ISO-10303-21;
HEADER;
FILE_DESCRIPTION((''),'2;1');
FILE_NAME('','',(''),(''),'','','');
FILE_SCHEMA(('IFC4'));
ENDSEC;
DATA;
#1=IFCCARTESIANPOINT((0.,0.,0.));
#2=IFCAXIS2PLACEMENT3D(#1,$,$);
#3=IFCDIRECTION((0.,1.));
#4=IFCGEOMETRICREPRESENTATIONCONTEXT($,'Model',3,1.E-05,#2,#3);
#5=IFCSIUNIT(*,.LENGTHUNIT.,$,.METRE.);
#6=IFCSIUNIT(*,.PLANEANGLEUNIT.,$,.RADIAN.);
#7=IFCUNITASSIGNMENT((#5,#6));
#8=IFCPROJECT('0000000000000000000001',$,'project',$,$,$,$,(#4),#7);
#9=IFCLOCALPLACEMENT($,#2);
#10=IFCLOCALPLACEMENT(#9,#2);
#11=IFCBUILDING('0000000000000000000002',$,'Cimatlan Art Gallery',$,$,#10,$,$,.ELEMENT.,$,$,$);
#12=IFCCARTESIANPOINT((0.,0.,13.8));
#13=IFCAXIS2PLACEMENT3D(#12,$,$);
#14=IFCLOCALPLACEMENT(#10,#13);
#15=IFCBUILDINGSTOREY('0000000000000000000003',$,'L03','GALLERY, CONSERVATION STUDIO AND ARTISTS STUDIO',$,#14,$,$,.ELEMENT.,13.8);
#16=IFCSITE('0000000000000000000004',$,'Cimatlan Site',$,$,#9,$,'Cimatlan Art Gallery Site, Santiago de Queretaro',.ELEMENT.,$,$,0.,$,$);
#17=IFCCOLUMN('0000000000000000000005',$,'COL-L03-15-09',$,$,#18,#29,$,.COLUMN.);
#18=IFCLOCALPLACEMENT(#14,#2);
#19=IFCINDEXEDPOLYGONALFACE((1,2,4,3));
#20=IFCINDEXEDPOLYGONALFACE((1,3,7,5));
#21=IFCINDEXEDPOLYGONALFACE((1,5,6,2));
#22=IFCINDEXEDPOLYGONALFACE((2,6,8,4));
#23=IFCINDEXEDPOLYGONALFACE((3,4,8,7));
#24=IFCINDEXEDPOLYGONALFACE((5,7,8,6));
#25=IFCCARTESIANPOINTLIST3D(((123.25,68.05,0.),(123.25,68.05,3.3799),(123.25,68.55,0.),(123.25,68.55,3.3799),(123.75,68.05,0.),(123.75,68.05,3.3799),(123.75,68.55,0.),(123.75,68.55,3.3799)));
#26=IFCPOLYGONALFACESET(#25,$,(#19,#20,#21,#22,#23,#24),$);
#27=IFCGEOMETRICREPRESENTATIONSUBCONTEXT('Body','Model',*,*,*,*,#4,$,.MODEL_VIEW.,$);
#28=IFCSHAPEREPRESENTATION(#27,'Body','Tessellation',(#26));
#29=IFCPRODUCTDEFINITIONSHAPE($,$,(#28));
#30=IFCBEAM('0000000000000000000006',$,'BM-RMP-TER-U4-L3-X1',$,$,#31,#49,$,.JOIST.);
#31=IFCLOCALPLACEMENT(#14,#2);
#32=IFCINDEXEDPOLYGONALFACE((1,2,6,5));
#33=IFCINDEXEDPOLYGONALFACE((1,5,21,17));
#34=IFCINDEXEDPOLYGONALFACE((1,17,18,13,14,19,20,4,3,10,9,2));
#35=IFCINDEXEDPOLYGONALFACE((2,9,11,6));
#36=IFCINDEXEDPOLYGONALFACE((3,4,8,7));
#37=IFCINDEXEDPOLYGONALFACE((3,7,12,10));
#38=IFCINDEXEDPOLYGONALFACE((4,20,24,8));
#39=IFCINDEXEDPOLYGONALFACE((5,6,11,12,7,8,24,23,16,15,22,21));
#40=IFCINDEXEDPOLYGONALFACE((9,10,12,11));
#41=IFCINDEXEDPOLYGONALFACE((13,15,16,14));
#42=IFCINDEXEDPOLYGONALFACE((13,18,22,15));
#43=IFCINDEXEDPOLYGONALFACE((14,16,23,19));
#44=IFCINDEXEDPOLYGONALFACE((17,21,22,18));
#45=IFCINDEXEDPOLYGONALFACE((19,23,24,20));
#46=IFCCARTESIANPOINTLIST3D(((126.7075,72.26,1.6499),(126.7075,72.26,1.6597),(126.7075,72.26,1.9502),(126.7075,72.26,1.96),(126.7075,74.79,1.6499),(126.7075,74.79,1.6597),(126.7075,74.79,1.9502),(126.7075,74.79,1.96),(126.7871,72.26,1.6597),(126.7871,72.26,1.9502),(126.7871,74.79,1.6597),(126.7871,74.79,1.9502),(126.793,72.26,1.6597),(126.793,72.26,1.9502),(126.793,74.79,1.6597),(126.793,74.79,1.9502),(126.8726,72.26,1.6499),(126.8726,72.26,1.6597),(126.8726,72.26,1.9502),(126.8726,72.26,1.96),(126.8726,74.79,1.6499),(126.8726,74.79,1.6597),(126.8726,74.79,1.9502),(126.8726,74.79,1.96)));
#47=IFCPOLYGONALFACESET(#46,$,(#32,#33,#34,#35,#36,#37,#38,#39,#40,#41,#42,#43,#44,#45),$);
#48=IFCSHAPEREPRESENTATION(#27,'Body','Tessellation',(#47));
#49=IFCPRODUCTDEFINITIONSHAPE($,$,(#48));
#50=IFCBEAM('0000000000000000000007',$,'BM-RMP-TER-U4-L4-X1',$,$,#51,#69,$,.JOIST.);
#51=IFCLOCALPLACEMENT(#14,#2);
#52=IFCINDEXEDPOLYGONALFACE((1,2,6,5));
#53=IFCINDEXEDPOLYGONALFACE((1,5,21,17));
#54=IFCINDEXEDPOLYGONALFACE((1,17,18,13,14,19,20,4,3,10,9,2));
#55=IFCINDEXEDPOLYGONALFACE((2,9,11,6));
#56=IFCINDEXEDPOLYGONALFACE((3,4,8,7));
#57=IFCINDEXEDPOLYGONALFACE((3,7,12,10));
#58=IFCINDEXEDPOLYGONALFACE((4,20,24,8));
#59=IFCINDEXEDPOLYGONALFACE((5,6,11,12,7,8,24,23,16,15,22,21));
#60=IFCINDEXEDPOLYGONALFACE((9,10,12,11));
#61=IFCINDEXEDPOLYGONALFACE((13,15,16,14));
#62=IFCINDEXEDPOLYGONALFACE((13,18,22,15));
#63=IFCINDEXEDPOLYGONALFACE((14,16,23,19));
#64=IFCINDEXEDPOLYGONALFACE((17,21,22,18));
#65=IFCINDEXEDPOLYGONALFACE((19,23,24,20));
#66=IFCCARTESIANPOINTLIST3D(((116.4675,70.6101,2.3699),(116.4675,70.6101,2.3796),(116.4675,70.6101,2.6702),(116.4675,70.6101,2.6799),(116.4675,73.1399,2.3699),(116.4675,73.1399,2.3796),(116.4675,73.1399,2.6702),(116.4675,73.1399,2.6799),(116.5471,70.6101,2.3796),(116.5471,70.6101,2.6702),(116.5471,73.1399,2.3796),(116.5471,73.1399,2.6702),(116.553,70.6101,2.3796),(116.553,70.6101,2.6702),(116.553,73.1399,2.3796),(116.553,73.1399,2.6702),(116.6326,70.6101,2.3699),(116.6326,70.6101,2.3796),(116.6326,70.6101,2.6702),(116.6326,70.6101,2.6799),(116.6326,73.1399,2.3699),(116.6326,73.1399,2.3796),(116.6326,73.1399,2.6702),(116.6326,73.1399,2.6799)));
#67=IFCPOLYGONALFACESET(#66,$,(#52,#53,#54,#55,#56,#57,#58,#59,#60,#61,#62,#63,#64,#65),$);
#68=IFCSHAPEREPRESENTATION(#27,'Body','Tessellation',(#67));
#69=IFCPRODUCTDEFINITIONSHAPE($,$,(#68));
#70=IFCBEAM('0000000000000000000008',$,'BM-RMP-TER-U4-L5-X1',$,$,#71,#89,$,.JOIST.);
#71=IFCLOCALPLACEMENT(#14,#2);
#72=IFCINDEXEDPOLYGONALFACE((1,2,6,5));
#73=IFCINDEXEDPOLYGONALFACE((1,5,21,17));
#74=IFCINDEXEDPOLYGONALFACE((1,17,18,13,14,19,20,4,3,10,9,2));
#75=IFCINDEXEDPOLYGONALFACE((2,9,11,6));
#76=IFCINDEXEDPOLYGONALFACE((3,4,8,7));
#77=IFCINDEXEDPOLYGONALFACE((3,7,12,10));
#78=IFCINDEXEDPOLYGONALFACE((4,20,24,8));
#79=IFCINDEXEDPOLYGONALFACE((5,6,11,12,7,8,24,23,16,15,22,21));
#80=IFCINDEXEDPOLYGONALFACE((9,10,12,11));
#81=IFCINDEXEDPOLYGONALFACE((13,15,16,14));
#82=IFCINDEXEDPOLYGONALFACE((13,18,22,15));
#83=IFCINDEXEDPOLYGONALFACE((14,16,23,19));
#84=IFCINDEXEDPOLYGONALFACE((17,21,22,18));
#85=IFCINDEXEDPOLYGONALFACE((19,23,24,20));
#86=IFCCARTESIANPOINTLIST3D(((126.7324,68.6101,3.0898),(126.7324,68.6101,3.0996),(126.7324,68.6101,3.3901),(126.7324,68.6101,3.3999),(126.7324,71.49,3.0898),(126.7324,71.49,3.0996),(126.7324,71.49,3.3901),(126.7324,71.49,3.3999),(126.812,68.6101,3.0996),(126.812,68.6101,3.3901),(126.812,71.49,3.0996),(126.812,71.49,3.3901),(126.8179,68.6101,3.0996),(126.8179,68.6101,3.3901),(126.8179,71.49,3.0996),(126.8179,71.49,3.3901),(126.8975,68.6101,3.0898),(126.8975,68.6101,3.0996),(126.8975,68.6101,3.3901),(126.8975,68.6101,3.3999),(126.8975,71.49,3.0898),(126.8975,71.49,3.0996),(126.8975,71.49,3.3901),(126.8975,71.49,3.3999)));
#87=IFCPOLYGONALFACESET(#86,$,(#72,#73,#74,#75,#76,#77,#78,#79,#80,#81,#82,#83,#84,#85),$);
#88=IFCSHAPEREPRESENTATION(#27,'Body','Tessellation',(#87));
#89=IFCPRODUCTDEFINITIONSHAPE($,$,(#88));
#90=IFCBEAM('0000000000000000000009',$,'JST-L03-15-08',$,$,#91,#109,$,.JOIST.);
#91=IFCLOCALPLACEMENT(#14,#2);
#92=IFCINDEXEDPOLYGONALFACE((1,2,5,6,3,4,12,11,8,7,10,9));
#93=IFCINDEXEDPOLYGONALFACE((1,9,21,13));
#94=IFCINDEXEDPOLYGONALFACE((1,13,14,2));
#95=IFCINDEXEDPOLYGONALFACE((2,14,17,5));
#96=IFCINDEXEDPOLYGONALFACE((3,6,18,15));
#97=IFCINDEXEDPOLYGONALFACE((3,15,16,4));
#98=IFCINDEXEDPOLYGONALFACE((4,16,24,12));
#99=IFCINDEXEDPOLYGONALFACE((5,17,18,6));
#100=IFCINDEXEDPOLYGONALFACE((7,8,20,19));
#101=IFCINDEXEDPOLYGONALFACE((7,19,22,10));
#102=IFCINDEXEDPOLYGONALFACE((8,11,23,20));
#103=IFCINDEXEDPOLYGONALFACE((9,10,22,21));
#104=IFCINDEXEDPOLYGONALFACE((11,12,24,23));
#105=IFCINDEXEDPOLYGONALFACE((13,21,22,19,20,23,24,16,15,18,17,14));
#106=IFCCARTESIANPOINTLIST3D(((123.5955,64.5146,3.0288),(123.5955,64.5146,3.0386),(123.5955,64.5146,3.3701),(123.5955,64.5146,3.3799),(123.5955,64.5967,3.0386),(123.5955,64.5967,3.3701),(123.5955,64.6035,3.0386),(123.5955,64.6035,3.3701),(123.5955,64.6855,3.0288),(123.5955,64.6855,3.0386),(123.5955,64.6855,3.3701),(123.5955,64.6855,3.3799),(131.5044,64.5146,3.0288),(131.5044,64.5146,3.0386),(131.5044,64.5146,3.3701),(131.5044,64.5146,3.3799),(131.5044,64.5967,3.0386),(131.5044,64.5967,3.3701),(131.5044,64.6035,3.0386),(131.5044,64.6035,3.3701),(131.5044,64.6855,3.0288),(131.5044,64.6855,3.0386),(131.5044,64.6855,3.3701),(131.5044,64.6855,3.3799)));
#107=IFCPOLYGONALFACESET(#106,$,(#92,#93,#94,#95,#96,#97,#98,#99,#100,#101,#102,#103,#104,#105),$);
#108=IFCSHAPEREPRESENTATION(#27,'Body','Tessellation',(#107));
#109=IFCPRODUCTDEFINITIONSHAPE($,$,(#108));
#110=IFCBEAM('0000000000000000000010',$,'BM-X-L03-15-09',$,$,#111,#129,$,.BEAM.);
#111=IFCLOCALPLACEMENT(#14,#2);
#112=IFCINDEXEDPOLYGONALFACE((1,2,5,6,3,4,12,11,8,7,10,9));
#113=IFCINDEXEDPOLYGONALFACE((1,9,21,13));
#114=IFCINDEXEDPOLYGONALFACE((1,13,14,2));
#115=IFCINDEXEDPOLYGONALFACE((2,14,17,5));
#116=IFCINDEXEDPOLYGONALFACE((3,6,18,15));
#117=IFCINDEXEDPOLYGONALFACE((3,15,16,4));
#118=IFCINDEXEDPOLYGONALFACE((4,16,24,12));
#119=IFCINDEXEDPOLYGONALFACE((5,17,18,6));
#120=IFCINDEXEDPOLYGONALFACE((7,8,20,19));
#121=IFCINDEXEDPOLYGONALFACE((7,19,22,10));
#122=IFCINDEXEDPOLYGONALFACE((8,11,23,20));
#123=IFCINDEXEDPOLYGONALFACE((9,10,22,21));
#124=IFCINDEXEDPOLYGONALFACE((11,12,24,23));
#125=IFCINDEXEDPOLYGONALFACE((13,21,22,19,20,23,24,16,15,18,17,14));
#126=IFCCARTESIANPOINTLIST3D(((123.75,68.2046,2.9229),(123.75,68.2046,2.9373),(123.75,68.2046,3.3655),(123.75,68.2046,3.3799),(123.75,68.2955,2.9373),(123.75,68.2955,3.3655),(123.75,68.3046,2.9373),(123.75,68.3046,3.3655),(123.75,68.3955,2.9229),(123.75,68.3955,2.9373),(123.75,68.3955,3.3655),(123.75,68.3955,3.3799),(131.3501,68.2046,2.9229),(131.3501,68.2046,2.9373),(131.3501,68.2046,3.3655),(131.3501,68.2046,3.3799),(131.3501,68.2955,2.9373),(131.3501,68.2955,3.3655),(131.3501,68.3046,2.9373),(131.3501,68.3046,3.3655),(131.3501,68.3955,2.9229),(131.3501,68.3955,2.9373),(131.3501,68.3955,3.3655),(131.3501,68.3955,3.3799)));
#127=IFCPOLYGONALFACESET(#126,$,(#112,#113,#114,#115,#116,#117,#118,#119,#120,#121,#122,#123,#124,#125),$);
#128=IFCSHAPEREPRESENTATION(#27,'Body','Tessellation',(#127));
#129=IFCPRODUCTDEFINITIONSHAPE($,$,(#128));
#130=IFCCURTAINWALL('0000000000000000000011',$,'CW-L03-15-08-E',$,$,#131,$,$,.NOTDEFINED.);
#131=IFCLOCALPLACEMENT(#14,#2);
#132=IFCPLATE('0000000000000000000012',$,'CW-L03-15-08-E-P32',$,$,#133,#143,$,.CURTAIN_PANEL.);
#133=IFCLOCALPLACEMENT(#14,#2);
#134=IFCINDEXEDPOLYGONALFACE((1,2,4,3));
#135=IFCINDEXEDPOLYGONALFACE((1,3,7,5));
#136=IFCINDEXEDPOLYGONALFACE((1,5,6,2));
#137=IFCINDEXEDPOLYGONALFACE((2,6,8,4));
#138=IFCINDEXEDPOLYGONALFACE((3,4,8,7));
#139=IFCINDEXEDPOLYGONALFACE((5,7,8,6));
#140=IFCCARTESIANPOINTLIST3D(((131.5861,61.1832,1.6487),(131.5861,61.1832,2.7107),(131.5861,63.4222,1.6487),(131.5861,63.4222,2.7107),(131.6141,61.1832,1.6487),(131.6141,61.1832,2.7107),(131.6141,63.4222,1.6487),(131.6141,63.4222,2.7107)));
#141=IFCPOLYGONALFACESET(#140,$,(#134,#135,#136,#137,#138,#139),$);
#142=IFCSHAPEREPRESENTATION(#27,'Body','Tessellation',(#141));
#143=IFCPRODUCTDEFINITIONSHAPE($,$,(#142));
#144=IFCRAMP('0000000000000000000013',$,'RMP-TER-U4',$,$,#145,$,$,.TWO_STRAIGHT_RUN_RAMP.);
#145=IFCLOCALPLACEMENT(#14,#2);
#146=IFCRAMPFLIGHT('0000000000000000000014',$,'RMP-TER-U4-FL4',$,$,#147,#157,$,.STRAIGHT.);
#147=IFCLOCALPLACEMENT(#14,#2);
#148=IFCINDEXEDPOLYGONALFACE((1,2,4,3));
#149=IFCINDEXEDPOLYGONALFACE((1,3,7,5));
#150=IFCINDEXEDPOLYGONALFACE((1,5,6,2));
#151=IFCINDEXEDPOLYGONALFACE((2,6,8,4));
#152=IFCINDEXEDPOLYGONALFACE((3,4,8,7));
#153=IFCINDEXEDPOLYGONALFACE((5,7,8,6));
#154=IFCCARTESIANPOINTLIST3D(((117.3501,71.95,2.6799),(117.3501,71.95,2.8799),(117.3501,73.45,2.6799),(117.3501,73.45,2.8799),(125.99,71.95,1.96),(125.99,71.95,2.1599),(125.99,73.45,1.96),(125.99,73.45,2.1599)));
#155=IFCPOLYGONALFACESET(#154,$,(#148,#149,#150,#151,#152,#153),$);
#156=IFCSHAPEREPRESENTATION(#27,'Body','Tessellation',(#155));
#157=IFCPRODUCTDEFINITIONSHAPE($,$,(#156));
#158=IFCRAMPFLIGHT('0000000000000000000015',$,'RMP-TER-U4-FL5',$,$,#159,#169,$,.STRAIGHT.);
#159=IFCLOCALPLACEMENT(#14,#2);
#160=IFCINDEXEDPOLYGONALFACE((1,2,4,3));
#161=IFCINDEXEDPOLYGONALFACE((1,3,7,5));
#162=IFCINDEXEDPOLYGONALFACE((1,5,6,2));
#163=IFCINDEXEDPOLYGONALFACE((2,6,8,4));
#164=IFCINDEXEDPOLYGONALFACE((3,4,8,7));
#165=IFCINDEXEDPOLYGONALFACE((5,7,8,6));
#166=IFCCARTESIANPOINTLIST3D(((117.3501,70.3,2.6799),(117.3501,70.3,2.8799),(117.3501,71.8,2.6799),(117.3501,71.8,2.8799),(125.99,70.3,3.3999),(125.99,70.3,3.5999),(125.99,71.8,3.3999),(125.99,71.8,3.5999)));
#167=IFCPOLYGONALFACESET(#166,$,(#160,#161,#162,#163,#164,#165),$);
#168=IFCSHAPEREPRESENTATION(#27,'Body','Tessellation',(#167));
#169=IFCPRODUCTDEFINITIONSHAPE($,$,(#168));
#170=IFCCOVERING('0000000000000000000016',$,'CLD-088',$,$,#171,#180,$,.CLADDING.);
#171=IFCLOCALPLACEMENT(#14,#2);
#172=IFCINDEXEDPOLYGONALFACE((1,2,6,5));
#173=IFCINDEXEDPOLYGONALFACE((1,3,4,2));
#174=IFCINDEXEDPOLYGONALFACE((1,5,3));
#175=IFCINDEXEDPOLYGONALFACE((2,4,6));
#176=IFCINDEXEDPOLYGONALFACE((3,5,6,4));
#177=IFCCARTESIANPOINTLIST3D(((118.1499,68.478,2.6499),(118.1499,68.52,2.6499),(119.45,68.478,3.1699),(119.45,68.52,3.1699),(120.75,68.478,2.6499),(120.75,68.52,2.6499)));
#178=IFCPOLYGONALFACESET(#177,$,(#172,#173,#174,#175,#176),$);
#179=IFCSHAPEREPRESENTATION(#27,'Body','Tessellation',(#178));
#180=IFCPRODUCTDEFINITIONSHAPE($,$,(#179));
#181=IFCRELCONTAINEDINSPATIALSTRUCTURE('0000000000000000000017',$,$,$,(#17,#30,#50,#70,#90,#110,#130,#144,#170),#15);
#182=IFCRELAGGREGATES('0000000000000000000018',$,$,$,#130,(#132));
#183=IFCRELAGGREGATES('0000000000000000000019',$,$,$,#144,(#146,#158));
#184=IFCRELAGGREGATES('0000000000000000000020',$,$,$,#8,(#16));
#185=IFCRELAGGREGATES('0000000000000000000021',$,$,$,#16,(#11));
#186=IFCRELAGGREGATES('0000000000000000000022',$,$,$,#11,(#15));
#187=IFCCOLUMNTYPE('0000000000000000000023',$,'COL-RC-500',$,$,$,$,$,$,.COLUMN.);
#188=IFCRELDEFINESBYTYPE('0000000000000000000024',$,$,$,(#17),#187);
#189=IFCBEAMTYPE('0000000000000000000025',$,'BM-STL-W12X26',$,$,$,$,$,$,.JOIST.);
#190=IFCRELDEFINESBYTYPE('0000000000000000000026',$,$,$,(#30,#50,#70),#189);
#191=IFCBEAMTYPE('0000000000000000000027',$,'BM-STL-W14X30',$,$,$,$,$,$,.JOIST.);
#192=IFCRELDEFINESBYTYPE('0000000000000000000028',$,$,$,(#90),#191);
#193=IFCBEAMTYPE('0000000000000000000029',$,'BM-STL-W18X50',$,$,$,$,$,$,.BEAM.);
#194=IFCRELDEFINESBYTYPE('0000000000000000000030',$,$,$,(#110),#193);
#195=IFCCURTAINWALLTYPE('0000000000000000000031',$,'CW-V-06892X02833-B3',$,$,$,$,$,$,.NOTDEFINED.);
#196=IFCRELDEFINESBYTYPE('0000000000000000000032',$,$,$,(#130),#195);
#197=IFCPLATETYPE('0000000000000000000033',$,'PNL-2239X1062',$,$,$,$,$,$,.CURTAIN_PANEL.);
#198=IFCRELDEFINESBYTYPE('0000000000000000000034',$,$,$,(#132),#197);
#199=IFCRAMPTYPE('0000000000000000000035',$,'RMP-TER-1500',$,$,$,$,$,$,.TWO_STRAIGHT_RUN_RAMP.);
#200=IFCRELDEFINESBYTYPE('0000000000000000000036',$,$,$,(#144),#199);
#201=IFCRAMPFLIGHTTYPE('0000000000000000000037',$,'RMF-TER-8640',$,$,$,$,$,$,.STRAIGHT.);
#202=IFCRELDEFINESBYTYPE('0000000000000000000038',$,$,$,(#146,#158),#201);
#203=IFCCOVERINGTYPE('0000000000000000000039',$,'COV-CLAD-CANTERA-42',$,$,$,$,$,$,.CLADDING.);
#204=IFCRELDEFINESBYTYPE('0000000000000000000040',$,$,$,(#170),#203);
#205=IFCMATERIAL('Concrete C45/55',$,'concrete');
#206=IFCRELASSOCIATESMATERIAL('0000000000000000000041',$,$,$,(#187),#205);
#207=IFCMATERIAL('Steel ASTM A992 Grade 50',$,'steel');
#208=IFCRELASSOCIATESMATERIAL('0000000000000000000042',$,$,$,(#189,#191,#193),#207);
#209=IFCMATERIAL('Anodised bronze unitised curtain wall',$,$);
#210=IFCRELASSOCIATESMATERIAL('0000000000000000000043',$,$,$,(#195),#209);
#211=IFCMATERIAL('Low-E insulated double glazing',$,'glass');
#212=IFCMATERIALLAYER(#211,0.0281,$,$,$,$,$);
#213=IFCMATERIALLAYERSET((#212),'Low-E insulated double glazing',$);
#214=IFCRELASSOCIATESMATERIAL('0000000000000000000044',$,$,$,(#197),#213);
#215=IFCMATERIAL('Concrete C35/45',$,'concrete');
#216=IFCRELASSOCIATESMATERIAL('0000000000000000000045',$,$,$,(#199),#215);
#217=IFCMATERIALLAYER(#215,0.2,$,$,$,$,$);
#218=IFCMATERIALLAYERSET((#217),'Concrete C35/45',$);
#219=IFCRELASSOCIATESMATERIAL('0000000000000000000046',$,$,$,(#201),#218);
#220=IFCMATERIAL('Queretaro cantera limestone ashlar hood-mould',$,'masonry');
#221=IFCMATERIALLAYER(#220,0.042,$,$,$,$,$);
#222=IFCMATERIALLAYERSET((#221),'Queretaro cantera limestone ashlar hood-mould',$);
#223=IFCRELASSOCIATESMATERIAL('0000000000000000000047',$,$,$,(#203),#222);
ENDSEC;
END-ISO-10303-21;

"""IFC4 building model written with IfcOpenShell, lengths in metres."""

from ifc_helpers import new_model, si_unit, direction, frame, origin, origin_2d, place, context, subcontext, project, spatial, polyline, rectangle, i_section, outline, extrude, material, layer, layer_set, material_profile, profile_set, type_object, element, aggregate, save


model = new_model("IFC4")

# Units and contexts
model_context = context("Model", 3, precision=1e-05, world=origin(), true_north=direction((0.0, 1.0)))
body_context = subcontext(model_context, "Body", "Model", "MODEL_VIEW")
ifc_project = project(units=[si_unit("LENGTHUNIT", "METRE"), si_unit("PLANEANGLEUNIT", "RADIAN")], contexts=[model_context])

# Site, building, storey
site_placement = place(None, origin())
site = spatial("IfcSite", under=ifc_project, at=site_placement, Name="Cimatlan Site", LongName="Cimatlan Art Gallery Site, Santiago de Queretaro", CompositionType="ELEMENT", RefElevation=0.0)
building_placement = place(site_placement, origin())
building = spatial("IfcBuilding", under=site, at=building_placement, Name="Cimatlan Art Gallery", CompositionType="ELEMENT")
storey_placement = place(building_placement, frame((0.0, 0.0, 13.8)))
storey = spatial("IfcBuildingStorey", under=building, at=storey_placement, Name="L03", Description="GALLERY, CONSERVATION STUDIO AND ARTISTS STUDIO", CompositionType="ELEMENT", Elevation=13.8)

# Column
ifc_material_1 = material(Name="Concrete C45/55", Category="concrete")
ifc_material_profile_1 = material_profile(ifc_material_1, rectangle(XDim=0.5, YDim=0.5, at=origin_2d()), Name="RC500X500")
ifc_profile_set_1 = profile_set([ifc_material_profile_1], Name="Concrete C45/55")
column_type = type_object("IfcColumnType", Name="COL-RC-500", PredefinedType="COLUMN", material=ifc_profile_set_1)
column_placement = place(storey_placement, frame((123.5, 68.3, 0.0), z_axis=(0.0, 0.0, 1.0), x_axis=(1.0, 0.0, 0.0)))
element("IfcColumn", 1, at=column_placement, inside=storey, type_object=column_type, Name="COL-L03-15-09", PredefinedType="COLUMN", context=body_context, shape_type="SweptSolid", body=[
    extrude(rectangle(XDim=0.5, YDim=0.5, at=origin_2d()), origin(), (0.0, 0.0, 1.0), 3.3799),
])

# Beams
ifc_material_2 = material(Name="Steel ASTM A992 Grade 50", Category="steel")
ifc_material_profile_2 = material_profile(ifc_material_2, i_section(OverallWidth=0.165, OverallDepth=0.3101, WebThickness=0.0059, FlangeThickness=0.0098, at=origin_2d()), Name="W12X26")
ifc_profile_set_2 = profile_set([ifc_material_profile_2], Name="Steel ASTM A992 Grade 50")
beam_type_1 = type_object("IfcBeamType", Name="BM-STL-W12X26", PredefinedType="JOIST", material=ifc_profile_set_2)
beam_1_placement = place(storey_placement, frame((126.79, 72.26, 1.8049), z_axis=(0.0, 1.0, 0.0), x_axis=(-1.0, 0.0, 0.0)))
element("IfcBeam", 2, at=beam_1_placement, inside=storey, type_object=beam_type_1, Name="BM-RMP-TER-U4-L3-X1", PredefinedType="JOIST", context=body_context, shape_type="SweptSolid", body=[
    extrude(i_section(OverallWidth=0.165, OverallDepth=0.3101, WebThickness=0.0059, FlangeThickness=0.0098, at=origin_2d()), origin(), (0.0, 0.0, 1.0), 2.53),
])
beam_2_placement = place(storey_placement, frame((116.55, 70.6101, 2.5249), z_axis=(0.0, 1.0, 0.0), x_axis=(-1.0, 0.0, 0.0)))
element("IfcBeam", 3, at=beam_2_placement, inside=storey, type_object=beam_type_1, Name="BM-RMP-TER-U4-L4-X1", PredefinedType="JOIST", context=body_context, shape_type="SweptSolid", body=[
    extrude(i_section(OverallWidth=0.165, OverallDepth=0.3101, WebThickness=0.0059, FlangeThickness=0.0098, at=origin_2d()), origin(), (0.0, 0.0, 1.0), 2.5298),
])
beam_3_placement = place(storey_placement, frame((126.8149, 68.6101, 3.2449), z_axis=(0.0, 1.0, 0.0), x_axis=(-1.0, 0.0, 0.0)))
element("IfcBeam", 4, at=beam_3_placement, inside=storey, type_object=beam_type_1, Name="BM-RMP-TER-U4-L5-X1", PredefinedType="JOIST", context=body_context, shape_type="SweptSolid", body=[
    extrude(i_section(OverallWidth=0.165, OverallDepth=0.3101, WebThickness=0.0059, FlangeThickness=0.0098, at=origin_2d()), origin(), (0.0, 0.0, 1.0), 2.8799),
])
ifc_material_profile_3 = material_profile(ifc_material_2, i_section(OverallWidth=0.1709, OverallDepth=0.3511, WebThickness=0.0068, FlangeThickness=0.0098, at=origin_2d()), Name="W14X30")
ifc_profile_set_3 = profile_set([ifc_material_profile_3], Name="Steel ASTM A992 Grade 50")
beam_type_2 = type_object("IfcBeamType", Name="BM-STL-W14X30", PredefinedType="JOIST", material=ifc_profile_set_3)
beam_4_placement = place(storey_placement, frame((123.5955, 64.6001, 3.2043), z_axis=(1.0, 0.0, 0.0), x_axis=(0.0, 1.0, 0.0)))
element("IfcBeam", 5, at=beam_4_placement, inside=storey, type_object=beam_type_2, Name="JST-L03-15-08", PredefinedType="JOIST", context=body_context, shape_type="SweptSolid", body=[
    extrude(i_section(OverallWidth=0.1709, OverallDepth=0.3511, WebThickness=0.0068, FlangeThickness=0.0098, at=origin_2d()), origin(), (0.0, 0.0, 1.0), 7.9089),
])
ifc_material_profile_4 = material_profile(ifc_material_2, i_section(OverallWidth=0.1909, OverallDepth=0.457, WebThickness=0.009, FlangeThickness=0.0144, at=origin_2d()), Name="W18X50")
ifc_profile_set_4 = profile_set([ifc_material_profile_4], Name="Steel ASTM A992 Grade 50")
beam_type_3 = type_object("IfcBeamType", Name="BM-STL-W18X50", PredefinedType="BEAM", material=ifc_profile_set_4)
beam_5_placement = place(storey_placement, frame((123.75, 68.3, 3.1514), z_axis=(1.0, 0.0, 0.0), x_axis=(0.0, 1.0, 0.0)))
element("IfcBeam", 6, at=beam_5_placement, inside=storey, type_object=beam_type_3, Name="BM-X-L03-15-09", PredefinedType="BEAM", context=body_context, shape_type="SweptSolid", body=[
    extrude(i_section(OverallWidth=0.1909, OverallDepth=0.457, WebThickness=0.009, FlangeThickness=0.0144, at=origin_2d()), origin(), (0.0, 0.0, 1.0), 7.6001),
])

# Curtain wall, plate
ifc_material_3 = material(Name="Anodised bronze unitised curtain wall")
curtain_wall_type = type_object("IfcCurtainWallType", Name="CW-V-06892X02833-B3", PredefinedType="NOTDEFINED", material=ifc_material_3)
curtain_wall_placement = place(storey_placement, origin())
curtain_wall = element("IfcCurtainWall", 7, at=curtain_wall_placement, inside=storey, type_object=curtain_wall_type, Name="CW-L03-15-08-E", PredefinedType="NOTDEFINED")
ifc_material_4 = material(Name="Low-E insulated double glazing", Category="glass")
ifc_layer_1 = layer(ifc_material_4, 0.0281)
ifc_layer_set_1 = layer_set([ifc_layer_1], Name="Low-E insulated double glazing")
plate_type = type_object("IfcPlateType", Name="PNL-2239X1062", PredefinedType="CURTAIN_PANEL", material=ifc_layer_set_1)
plate_placement = place(storey_placement, frame((131.6001, 62.3027, 1.6487), z_axis=(0.0, 0.0, 1.0), x_axis=(0.0, -1.0, 0.0)))
plate = element("IfcPlate", 8, at=plate_placement, type_object=plate_type, Name="CW-L03-15-08-E-P32", PredefinedType="CURTAIN_PANEL", context=body_context, shape_type="SweptSolid", body=[
    extrude(rectangle(XDim=2.239, YDim=0.0281, at=origin_2d()), origin(), (0.0, 0.0, 1.0), 1.062),
])
aggregate(curtain_wall, [plate])

# Ramp, ramp flights
ifc_material_5 = material(Name="Concrete C35/45", Category="concrete")
ramp_type = type_object("IfcRampType", Name="RMP-TER-1500", PredefinedType="TWO_STRAIGHT_RUN_RAMP", material=ifc_material_5)
ramp_placement = place(storey_placement, origin())
ramp = element("IfcRamp", 9, at=ramp_placement, inside=storey, type_object=ramp_type, Name="RMP-TER-U4", PredefinedType="TWO_STRAIGHT_RUN_RAMP")
ifc_layer_2 = layer(ifc_material_5, 0.2)
ifc_layer_set_2 = layer_set([ifc_layer_2], Name="Concrete C35/45")
ramp_flight_type = type_object("IfcRampFlightType", Name="RMF-TER-8640", PredefinedType="STRAIGHT", material=ifc_layer_set_2)
ramp_flight_1_placement = place(storey_placement, frame((125.99, 72.7, 2.1599), z_axis=(0.0, 0.0, 1.0), x_axis=(-1.0, 0.0, 0.0)))
ramp_flight_1 = element("IfcRampFlight", 10, at=ramp_flight_1_placement, type_object=ramp_flight_type, Name="RMP-TER-U4-FL4", PredefinedType="STRAIGHT", context=body_context, shape_type="SweptSolid", body=[
    extrude(outline(polyline([(0.0, 0.0), (8.6399, 0.72), (8.6399, 0.52), (0.0, -0.2), (0.0, 0.0)])), frame((0.0, 0.75, 0.0), z_axis=(0.0, -1.0, 0.0), x_axis=(1.0, 0.0, 0.0)), (0.0, 0.0, 1.0), 1.5),
])
ramp_flight_2_placement = place(storey_placement, frame((117.3501, 71.05, 2.8799), z_axis=(0.0, 0.0, 1.0), x_axis=(1.0, 0.0, 0.0)))
ramp_flight_2 = element("IfcRampFlight", 11, at=ramp_flight_2_placement, type_object=ramp_flight_type, Name="RMP-TER-U4-FL5", PredefinedType="STRAIGHT", context=body_context, shape_type="SweptSolid", body=[
    extrude(outline(polyline([(0.0, 0.0), (8.6399, 0.72), (8.6399, 0.52), (0.0, -0.2), (0.0, 0.0)])), frame((0.0, 0.75, 0.0), z_axis=(0.0, -1.0, 0.0), x_axis=(1.0, 0.0, 0.0)), (0.0, 0.0, 1.0), 1.5),
])
aggregate(ramp, [ramp_flight_1, ramp_flight_2])

# Covering
ifc_material_6 = material(Name="Queretaro cantera limestone ashlar hood-mould", Category="masonry")
ifc_layer_3 = layer(ifc_material_6, 0.042)
ifc_layer_set_3 = layer_set([ifc_layer_3], Name="Queretaro cantera limestone ashlar hood-mould")
covering_type = type_object("IfcCoveringType", Name="COV-CLAD-CANTERA-42", PredefinedType="CLADDING", material=ifc_layer_set_3)
covering_placement = place(storey_placement, frame((118.1499, 68.478, 2.6499), z_axis=(0.0, -1.0, 0.0), x_axis=(1.0, 0.0, 0.0)))
element("IfcCovering", 12, at=covering_placement, inside=storey, type_object=covering_type, Name="CLD-088", PredefinedType="CLADDING", context=body_context, shape_type="SweptSolid", body=[
    extrude(outline(polyline([(0.0, 0.0), (2.6001, 0.0), (1.3, 0.52), (0.0, 0.0)])), origin(), (0.0, 0.0, -1.0), 0.042),
])

save(model, "model.ifc")
